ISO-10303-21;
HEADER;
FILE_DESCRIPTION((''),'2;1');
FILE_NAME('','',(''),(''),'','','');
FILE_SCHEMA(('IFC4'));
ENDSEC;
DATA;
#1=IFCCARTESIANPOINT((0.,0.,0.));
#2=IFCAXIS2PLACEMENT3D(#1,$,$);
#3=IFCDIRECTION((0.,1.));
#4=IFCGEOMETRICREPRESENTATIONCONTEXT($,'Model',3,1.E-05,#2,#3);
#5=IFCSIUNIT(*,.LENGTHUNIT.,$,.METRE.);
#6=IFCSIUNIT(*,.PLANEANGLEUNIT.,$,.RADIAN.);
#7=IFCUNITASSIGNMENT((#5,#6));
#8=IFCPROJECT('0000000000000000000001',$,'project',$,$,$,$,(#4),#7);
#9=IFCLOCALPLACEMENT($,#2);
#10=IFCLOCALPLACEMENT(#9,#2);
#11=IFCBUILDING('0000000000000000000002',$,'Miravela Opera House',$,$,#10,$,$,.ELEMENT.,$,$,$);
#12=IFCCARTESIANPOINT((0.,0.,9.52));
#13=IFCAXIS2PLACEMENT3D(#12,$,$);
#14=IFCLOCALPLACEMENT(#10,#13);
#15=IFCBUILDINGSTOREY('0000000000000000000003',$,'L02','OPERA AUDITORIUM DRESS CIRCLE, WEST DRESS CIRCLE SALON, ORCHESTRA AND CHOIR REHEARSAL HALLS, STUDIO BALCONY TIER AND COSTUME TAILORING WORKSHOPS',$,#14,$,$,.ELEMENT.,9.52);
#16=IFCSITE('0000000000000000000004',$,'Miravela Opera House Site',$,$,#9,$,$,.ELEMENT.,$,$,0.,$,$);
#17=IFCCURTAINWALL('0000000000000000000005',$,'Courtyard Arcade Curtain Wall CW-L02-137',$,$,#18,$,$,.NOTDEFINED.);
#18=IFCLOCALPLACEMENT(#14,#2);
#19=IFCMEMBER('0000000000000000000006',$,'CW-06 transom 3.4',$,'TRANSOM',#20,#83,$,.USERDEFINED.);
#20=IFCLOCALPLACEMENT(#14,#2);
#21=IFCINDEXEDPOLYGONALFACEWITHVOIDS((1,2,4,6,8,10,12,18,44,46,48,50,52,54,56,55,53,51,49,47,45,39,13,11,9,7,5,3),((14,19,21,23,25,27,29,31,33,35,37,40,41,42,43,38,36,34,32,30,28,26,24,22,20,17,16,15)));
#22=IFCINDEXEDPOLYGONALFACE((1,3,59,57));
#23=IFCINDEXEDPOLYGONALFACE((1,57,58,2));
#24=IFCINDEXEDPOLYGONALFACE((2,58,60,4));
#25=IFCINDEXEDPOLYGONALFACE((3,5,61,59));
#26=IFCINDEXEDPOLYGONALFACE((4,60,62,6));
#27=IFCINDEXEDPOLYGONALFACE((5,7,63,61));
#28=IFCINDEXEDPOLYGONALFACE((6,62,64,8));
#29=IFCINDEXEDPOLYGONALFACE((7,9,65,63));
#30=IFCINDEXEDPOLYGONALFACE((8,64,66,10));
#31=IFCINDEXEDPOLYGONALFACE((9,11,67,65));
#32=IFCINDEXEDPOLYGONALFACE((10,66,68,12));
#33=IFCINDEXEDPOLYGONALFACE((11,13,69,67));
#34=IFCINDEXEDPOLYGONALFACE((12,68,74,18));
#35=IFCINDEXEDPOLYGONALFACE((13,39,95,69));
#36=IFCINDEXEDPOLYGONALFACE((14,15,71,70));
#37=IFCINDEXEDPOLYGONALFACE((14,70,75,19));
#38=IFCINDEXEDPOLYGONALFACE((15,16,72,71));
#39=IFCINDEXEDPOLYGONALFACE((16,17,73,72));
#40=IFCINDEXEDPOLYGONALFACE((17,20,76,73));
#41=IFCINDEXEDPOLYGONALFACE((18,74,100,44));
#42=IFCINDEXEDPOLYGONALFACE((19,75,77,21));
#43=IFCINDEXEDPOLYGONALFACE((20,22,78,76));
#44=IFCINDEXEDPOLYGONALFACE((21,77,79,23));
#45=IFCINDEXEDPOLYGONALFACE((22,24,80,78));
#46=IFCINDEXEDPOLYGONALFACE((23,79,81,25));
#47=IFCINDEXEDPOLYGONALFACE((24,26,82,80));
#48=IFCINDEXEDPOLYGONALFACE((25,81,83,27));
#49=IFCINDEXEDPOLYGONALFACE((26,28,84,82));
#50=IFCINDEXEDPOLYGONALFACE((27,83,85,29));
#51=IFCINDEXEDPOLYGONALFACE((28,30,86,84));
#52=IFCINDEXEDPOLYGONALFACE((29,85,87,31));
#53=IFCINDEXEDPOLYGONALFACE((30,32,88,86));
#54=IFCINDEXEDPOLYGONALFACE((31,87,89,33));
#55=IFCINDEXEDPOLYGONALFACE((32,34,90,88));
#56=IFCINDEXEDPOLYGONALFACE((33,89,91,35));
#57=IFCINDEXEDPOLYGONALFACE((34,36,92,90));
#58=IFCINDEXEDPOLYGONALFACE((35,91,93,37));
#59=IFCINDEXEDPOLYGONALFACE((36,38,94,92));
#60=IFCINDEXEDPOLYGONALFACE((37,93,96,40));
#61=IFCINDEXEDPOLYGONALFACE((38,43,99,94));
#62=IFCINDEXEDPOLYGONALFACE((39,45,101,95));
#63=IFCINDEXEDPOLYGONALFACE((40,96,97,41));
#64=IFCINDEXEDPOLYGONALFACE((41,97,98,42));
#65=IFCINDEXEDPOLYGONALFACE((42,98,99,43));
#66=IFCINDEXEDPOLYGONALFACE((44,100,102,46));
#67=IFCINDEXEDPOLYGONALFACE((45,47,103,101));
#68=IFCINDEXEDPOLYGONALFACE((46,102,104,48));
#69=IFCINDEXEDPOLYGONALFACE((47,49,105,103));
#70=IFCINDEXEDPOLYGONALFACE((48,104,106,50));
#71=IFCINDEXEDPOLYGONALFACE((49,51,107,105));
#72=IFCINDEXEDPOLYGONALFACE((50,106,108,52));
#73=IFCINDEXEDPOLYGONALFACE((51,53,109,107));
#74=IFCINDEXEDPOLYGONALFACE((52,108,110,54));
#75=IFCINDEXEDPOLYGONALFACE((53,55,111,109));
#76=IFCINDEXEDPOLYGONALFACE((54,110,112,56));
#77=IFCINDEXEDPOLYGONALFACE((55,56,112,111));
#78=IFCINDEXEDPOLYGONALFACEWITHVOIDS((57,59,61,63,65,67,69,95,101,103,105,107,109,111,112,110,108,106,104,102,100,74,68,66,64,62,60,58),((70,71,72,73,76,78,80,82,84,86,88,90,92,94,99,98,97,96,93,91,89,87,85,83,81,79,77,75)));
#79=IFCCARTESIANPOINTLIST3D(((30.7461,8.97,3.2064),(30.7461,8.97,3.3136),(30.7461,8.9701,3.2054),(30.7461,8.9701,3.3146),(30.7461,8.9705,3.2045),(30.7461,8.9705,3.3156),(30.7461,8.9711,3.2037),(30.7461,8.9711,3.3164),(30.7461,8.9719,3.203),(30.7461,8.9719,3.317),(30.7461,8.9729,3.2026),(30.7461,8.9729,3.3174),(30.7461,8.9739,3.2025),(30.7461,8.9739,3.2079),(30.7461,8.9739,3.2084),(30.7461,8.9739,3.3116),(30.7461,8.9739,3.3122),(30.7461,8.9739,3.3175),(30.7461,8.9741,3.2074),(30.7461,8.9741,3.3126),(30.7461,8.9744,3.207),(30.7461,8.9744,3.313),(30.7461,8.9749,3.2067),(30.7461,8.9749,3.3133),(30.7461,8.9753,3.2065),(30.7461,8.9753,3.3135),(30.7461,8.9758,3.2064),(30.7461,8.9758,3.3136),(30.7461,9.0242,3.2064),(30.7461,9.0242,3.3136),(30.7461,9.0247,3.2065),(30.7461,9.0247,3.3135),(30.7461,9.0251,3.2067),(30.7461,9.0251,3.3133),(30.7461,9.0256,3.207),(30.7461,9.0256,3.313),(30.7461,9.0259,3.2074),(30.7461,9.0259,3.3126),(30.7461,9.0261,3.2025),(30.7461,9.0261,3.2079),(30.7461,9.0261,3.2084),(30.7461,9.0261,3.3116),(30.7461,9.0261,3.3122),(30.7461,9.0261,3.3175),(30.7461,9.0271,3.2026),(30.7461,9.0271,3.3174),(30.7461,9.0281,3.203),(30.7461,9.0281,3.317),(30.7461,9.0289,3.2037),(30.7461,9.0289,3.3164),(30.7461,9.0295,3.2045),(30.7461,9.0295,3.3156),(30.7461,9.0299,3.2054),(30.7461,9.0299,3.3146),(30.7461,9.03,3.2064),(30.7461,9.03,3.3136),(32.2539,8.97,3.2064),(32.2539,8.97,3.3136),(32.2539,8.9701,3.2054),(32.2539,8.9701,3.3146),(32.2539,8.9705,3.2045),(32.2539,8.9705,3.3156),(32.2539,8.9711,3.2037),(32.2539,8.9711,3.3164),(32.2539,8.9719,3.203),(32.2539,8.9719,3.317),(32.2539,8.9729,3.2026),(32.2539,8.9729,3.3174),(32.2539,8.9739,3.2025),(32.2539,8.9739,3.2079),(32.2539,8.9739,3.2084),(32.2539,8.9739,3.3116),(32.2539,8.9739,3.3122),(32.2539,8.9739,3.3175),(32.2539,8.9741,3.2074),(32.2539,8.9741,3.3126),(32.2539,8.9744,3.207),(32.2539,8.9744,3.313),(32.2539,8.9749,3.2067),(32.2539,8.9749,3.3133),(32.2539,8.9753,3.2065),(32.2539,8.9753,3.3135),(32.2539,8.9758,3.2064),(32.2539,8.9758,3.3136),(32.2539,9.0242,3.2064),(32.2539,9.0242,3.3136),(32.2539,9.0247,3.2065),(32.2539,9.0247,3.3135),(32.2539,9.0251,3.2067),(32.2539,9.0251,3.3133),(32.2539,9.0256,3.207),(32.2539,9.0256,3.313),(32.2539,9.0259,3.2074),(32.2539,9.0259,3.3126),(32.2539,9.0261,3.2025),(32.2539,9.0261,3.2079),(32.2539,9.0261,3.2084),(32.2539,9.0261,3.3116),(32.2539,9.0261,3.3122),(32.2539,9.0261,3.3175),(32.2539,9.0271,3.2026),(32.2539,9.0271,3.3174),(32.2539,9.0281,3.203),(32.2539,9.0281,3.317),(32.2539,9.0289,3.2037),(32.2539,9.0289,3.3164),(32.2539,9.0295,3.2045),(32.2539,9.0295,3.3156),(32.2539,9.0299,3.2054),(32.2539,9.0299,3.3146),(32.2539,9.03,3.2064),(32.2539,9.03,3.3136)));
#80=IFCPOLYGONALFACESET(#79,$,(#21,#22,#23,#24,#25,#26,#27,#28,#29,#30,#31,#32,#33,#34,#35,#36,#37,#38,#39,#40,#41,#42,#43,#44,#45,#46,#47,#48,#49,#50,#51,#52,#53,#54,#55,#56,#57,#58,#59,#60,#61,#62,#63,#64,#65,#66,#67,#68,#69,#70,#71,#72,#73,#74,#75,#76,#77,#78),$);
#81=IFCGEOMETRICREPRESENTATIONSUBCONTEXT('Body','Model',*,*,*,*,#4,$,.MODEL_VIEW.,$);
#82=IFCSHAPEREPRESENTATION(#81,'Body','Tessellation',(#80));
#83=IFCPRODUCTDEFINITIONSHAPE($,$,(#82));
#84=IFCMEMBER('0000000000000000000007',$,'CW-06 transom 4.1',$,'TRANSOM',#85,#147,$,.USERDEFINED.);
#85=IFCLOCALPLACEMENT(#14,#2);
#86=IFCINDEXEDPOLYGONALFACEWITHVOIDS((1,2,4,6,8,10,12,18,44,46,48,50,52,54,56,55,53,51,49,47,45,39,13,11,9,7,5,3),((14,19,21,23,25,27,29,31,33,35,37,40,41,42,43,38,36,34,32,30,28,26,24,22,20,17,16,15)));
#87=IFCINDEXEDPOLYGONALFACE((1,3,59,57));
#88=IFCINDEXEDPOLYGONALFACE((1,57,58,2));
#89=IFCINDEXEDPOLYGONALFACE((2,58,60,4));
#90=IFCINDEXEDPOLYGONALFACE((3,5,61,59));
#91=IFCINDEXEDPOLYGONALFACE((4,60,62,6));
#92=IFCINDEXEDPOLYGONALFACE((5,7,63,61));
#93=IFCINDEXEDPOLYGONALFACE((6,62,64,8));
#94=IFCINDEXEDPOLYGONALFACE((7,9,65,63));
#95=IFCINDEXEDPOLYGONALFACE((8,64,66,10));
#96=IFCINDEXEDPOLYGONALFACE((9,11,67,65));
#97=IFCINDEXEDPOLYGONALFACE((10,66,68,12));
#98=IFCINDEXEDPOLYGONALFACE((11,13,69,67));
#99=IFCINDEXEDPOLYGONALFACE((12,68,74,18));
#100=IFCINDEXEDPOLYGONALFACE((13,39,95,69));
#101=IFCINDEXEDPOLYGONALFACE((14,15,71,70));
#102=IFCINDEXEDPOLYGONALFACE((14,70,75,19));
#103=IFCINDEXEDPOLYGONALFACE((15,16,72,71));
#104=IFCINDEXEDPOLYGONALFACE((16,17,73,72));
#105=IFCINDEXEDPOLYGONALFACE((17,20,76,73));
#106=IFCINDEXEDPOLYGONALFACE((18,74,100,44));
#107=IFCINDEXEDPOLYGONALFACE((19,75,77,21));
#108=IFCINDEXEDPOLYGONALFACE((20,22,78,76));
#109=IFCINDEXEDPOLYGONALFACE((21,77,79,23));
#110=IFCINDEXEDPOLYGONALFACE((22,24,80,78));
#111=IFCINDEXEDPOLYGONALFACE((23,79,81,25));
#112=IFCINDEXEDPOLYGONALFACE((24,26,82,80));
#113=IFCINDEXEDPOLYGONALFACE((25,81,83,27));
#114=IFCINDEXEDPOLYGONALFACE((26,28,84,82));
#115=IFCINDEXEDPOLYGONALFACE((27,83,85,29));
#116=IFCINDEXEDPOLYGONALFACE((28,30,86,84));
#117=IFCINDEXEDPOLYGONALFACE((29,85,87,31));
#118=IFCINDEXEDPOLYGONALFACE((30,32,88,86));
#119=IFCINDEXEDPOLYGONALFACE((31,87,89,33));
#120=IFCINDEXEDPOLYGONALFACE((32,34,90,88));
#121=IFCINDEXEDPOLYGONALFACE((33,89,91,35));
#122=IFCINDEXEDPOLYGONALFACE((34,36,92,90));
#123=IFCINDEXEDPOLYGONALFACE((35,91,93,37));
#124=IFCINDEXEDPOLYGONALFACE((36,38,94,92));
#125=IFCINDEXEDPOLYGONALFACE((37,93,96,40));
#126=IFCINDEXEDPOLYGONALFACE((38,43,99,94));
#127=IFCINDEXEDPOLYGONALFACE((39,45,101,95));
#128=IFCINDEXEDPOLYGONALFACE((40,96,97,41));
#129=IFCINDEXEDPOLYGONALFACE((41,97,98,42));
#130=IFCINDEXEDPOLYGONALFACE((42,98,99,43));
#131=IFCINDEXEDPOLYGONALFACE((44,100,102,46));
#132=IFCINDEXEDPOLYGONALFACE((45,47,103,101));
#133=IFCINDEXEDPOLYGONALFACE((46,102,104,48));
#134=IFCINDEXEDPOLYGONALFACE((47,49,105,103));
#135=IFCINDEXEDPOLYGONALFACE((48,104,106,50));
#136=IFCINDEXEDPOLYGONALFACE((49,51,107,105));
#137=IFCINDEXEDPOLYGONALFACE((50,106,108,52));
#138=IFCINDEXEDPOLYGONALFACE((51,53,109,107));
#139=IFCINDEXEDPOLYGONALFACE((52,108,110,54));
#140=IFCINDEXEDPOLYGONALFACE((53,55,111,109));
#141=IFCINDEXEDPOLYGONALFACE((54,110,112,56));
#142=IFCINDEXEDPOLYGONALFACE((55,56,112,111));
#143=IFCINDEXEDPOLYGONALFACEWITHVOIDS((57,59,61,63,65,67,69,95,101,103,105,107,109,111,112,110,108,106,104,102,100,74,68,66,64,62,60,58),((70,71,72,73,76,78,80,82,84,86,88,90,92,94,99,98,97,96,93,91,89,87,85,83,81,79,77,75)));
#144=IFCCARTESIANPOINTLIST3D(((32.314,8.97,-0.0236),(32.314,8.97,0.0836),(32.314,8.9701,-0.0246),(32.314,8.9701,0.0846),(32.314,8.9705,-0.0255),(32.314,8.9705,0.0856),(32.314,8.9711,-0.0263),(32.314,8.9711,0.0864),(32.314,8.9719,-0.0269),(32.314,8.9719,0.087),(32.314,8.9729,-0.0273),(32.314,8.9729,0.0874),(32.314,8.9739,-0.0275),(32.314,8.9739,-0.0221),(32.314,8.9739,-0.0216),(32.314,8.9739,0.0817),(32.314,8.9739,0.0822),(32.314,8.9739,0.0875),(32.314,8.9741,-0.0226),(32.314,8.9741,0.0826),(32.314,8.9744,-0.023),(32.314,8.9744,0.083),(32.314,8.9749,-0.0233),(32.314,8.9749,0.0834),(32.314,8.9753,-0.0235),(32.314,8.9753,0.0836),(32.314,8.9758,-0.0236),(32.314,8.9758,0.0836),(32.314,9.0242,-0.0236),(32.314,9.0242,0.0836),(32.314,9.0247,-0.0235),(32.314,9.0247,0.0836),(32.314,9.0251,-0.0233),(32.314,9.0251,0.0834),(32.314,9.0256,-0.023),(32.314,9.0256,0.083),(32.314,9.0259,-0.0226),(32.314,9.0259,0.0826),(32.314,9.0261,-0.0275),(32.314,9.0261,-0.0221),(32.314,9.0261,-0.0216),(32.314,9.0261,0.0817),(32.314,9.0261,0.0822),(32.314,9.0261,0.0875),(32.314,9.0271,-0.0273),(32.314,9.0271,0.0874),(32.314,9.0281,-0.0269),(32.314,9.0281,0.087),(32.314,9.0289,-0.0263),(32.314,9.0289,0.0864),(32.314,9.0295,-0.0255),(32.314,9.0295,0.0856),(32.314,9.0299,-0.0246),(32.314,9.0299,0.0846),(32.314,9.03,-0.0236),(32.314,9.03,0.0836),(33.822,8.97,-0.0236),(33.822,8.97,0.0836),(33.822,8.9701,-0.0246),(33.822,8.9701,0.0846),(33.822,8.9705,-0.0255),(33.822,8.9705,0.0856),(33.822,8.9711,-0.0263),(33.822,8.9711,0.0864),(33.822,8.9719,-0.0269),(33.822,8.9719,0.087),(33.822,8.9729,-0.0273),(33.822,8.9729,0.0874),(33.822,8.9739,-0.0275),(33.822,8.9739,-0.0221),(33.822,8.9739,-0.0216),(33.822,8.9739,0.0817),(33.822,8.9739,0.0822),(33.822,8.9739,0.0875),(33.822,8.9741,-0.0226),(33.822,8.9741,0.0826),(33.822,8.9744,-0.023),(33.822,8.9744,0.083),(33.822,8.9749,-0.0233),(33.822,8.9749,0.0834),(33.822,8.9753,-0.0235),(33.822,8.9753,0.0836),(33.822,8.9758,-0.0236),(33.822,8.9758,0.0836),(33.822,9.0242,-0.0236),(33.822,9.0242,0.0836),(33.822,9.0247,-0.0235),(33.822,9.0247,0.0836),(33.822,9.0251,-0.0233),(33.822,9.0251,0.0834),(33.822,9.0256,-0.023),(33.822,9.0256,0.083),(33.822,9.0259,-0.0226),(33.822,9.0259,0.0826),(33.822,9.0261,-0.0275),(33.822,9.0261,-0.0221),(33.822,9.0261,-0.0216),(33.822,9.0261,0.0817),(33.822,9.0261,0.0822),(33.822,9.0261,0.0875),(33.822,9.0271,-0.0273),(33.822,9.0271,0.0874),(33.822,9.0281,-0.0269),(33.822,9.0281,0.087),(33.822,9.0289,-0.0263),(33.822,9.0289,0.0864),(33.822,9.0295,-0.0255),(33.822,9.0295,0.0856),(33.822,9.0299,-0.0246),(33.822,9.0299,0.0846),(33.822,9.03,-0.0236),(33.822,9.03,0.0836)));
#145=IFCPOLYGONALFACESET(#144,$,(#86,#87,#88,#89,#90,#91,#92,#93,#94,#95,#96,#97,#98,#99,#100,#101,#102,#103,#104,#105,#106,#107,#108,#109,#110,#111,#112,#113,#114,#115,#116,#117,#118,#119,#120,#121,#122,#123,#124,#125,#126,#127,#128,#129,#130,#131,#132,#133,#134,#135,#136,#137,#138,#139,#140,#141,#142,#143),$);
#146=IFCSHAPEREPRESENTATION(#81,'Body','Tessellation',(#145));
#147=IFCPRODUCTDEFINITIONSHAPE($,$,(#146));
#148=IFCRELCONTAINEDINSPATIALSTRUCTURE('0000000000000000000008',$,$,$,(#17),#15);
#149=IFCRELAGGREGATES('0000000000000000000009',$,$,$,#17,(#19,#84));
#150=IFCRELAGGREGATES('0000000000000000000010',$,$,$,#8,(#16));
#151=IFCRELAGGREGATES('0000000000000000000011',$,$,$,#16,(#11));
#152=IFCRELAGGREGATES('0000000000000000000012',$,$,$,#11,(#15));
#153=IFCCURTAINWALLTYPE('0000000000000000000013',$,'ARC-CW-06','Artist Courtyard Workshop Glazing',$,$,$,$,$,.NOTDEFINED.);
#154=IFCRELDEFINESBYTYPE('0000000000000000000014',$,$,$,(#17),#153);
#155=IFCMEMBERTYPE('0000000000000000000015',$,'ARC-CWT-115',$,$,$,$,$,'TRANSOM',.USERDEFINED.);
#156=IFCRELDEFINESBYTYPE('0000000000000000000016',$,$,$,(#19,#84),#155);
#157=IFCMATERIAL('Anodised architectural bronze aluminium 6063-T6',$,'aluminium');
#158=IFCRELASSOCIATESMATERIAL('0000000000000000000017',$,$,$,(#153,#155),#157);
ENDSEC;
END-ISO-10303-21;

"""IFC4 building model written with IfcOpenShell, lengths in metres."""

from ifc_helpers import new_model, si_unit, direction, frame, origin, origin_2d, place, context, subcontext, project, spatial, hollow_rectangle, extrude, material, material_profile, profile_set, type_object, element, aggregate, save


model = new_model("IFC4")

# Units and contexts
model_context = context("Model", 3, precision=1e-05, world=origin(), true_north=direction((0.0, 1.0)))
body_context = subcontext(model_context, "Body", "Model", "MODEL_VIEW")
ifc_project = project(units=[si_unit("LENGTHUNIT", "METRE"), si_unit("PLANEANGLEUNIT", "RADIAN")], contexts=[model_context])

# Site, building, storey
site_placement = place(None, origin())
site = spatial("IfcSite", under=ifc_project, at=site_placement, Name="Miravela Opera House Site", CompositionType="ELEMENT", RefElevation=0.0)
building_placement = place(site_placement, origin())
building = spatial("IfcBuilding", under=site, at=building_placement, Name="Miravela Opera House", CompositionType="ELEMENT")
storey_placement = place(building_placement, frame((0.0, 0.0, 9.52)))
storey = spatial("IfcBuildingStorey", under=building, at=storey_placement, Name="L02", Description="OPERA AUDITORIUM DRESS CIRCLE, WEST DRESS CIRCLE SALON, ORCHESTRA AND CHOIR REHEARSAL HALLS, STUDIO BALCONY TIER AND COSTUME TAILORING WORKSHOPS", CompositionType="ELEMENT", Elevation=9.52)

# Curtain wall, members
ifc_material_1 = material(Name="Anodised architectural bronze aluminium 6063-T6", Category="aluminium")
curtain_wall_type = type_object("IfcCurtainWallType", Name="ARC-CW-06", Description="Artist Courtyard Workshop Glazing", PredefinedType="NOTDEFINED", material=ifc_material_1)
curtain_wall_placement = place(storey_placement, origin())
curtain_wall = element("IfcCurtainWall", 1, at=curtain_wall_placement, inside=storey, type_object=curtain_wall_type, Name="Courtyard Arcade Curtain Wall CW-L02-137", PredefinedType="NOTDEFINED")
ifc_material_profile_1 = material_profile(ifc_material_1, hollow_rectangle(XDim=0.0601, YDim=0.115, WallThickness=0.0039, InnerFilletRadius=0.002, OuterFilletRadius=0.0039, at=origin_2d()), Name="CWT-60X115")
ifc_profile_set_1 = profile_set([ifc_material_profile_1])
member_type_1 = type_object("IfcMemberType", Name="ARC-CWT-115", ElementType="TRANSOM", PredefinedType="USERDEFINED", material=ifc_profile_set_1)
member_1_placement = place(storey_placement, frame((30.7461, 9.0, 3.26), z_axis=(1.0, 0.0, 0.0), x_axis=(0.0, 1.0, 0.0)))
member_1 = element("IfcMember", 2, at=member_1_placement, type_object=member_type_1, Name="CW-06 transom 3.4", ObjectType="TRANSOM", PredefinedType="USERDEFINED", context=body_context, shape_type="SweptSolid", body=[
    extrude(hollow_rectangle(XDim=0.0601, YDim=0.115, WallThickness=0.0039, InnerFilletRadius=0.002, OuterFilletRadius=0.0039, at=origin_2d()), origin(), (0.0, 0.0, 1.0), 1.5078),
])
member_2_placement = place(storey_placement, frame((32.314, 9.0, 0.03), z_axis=(1.0, 0.0, 0.0), x_axis=(0.0, 1.0, 0.0)))
member_2 = element("IfcMember", 3, at=member_2_placement, type_object=member_type_1, Name="CW-06 transom 4.1", ObjectType="TRANSOM", PredefinedType="USERDEFINED", context=body_context, shape_type="SweptSolid", body=[
    extrude(hollow_rectangle(XDim=0.0601, YDim=0.115, WallThickness=0.0039, InnerFilletRadius=0.002, OuterFilletRadius=0.0039, at=origin_2d()), origin(), (0.0, 0.0, 1.0), 1.5081),
])
aggregate(curtain_wall, [member_1, member_2])

save(model, "model.ifc")
